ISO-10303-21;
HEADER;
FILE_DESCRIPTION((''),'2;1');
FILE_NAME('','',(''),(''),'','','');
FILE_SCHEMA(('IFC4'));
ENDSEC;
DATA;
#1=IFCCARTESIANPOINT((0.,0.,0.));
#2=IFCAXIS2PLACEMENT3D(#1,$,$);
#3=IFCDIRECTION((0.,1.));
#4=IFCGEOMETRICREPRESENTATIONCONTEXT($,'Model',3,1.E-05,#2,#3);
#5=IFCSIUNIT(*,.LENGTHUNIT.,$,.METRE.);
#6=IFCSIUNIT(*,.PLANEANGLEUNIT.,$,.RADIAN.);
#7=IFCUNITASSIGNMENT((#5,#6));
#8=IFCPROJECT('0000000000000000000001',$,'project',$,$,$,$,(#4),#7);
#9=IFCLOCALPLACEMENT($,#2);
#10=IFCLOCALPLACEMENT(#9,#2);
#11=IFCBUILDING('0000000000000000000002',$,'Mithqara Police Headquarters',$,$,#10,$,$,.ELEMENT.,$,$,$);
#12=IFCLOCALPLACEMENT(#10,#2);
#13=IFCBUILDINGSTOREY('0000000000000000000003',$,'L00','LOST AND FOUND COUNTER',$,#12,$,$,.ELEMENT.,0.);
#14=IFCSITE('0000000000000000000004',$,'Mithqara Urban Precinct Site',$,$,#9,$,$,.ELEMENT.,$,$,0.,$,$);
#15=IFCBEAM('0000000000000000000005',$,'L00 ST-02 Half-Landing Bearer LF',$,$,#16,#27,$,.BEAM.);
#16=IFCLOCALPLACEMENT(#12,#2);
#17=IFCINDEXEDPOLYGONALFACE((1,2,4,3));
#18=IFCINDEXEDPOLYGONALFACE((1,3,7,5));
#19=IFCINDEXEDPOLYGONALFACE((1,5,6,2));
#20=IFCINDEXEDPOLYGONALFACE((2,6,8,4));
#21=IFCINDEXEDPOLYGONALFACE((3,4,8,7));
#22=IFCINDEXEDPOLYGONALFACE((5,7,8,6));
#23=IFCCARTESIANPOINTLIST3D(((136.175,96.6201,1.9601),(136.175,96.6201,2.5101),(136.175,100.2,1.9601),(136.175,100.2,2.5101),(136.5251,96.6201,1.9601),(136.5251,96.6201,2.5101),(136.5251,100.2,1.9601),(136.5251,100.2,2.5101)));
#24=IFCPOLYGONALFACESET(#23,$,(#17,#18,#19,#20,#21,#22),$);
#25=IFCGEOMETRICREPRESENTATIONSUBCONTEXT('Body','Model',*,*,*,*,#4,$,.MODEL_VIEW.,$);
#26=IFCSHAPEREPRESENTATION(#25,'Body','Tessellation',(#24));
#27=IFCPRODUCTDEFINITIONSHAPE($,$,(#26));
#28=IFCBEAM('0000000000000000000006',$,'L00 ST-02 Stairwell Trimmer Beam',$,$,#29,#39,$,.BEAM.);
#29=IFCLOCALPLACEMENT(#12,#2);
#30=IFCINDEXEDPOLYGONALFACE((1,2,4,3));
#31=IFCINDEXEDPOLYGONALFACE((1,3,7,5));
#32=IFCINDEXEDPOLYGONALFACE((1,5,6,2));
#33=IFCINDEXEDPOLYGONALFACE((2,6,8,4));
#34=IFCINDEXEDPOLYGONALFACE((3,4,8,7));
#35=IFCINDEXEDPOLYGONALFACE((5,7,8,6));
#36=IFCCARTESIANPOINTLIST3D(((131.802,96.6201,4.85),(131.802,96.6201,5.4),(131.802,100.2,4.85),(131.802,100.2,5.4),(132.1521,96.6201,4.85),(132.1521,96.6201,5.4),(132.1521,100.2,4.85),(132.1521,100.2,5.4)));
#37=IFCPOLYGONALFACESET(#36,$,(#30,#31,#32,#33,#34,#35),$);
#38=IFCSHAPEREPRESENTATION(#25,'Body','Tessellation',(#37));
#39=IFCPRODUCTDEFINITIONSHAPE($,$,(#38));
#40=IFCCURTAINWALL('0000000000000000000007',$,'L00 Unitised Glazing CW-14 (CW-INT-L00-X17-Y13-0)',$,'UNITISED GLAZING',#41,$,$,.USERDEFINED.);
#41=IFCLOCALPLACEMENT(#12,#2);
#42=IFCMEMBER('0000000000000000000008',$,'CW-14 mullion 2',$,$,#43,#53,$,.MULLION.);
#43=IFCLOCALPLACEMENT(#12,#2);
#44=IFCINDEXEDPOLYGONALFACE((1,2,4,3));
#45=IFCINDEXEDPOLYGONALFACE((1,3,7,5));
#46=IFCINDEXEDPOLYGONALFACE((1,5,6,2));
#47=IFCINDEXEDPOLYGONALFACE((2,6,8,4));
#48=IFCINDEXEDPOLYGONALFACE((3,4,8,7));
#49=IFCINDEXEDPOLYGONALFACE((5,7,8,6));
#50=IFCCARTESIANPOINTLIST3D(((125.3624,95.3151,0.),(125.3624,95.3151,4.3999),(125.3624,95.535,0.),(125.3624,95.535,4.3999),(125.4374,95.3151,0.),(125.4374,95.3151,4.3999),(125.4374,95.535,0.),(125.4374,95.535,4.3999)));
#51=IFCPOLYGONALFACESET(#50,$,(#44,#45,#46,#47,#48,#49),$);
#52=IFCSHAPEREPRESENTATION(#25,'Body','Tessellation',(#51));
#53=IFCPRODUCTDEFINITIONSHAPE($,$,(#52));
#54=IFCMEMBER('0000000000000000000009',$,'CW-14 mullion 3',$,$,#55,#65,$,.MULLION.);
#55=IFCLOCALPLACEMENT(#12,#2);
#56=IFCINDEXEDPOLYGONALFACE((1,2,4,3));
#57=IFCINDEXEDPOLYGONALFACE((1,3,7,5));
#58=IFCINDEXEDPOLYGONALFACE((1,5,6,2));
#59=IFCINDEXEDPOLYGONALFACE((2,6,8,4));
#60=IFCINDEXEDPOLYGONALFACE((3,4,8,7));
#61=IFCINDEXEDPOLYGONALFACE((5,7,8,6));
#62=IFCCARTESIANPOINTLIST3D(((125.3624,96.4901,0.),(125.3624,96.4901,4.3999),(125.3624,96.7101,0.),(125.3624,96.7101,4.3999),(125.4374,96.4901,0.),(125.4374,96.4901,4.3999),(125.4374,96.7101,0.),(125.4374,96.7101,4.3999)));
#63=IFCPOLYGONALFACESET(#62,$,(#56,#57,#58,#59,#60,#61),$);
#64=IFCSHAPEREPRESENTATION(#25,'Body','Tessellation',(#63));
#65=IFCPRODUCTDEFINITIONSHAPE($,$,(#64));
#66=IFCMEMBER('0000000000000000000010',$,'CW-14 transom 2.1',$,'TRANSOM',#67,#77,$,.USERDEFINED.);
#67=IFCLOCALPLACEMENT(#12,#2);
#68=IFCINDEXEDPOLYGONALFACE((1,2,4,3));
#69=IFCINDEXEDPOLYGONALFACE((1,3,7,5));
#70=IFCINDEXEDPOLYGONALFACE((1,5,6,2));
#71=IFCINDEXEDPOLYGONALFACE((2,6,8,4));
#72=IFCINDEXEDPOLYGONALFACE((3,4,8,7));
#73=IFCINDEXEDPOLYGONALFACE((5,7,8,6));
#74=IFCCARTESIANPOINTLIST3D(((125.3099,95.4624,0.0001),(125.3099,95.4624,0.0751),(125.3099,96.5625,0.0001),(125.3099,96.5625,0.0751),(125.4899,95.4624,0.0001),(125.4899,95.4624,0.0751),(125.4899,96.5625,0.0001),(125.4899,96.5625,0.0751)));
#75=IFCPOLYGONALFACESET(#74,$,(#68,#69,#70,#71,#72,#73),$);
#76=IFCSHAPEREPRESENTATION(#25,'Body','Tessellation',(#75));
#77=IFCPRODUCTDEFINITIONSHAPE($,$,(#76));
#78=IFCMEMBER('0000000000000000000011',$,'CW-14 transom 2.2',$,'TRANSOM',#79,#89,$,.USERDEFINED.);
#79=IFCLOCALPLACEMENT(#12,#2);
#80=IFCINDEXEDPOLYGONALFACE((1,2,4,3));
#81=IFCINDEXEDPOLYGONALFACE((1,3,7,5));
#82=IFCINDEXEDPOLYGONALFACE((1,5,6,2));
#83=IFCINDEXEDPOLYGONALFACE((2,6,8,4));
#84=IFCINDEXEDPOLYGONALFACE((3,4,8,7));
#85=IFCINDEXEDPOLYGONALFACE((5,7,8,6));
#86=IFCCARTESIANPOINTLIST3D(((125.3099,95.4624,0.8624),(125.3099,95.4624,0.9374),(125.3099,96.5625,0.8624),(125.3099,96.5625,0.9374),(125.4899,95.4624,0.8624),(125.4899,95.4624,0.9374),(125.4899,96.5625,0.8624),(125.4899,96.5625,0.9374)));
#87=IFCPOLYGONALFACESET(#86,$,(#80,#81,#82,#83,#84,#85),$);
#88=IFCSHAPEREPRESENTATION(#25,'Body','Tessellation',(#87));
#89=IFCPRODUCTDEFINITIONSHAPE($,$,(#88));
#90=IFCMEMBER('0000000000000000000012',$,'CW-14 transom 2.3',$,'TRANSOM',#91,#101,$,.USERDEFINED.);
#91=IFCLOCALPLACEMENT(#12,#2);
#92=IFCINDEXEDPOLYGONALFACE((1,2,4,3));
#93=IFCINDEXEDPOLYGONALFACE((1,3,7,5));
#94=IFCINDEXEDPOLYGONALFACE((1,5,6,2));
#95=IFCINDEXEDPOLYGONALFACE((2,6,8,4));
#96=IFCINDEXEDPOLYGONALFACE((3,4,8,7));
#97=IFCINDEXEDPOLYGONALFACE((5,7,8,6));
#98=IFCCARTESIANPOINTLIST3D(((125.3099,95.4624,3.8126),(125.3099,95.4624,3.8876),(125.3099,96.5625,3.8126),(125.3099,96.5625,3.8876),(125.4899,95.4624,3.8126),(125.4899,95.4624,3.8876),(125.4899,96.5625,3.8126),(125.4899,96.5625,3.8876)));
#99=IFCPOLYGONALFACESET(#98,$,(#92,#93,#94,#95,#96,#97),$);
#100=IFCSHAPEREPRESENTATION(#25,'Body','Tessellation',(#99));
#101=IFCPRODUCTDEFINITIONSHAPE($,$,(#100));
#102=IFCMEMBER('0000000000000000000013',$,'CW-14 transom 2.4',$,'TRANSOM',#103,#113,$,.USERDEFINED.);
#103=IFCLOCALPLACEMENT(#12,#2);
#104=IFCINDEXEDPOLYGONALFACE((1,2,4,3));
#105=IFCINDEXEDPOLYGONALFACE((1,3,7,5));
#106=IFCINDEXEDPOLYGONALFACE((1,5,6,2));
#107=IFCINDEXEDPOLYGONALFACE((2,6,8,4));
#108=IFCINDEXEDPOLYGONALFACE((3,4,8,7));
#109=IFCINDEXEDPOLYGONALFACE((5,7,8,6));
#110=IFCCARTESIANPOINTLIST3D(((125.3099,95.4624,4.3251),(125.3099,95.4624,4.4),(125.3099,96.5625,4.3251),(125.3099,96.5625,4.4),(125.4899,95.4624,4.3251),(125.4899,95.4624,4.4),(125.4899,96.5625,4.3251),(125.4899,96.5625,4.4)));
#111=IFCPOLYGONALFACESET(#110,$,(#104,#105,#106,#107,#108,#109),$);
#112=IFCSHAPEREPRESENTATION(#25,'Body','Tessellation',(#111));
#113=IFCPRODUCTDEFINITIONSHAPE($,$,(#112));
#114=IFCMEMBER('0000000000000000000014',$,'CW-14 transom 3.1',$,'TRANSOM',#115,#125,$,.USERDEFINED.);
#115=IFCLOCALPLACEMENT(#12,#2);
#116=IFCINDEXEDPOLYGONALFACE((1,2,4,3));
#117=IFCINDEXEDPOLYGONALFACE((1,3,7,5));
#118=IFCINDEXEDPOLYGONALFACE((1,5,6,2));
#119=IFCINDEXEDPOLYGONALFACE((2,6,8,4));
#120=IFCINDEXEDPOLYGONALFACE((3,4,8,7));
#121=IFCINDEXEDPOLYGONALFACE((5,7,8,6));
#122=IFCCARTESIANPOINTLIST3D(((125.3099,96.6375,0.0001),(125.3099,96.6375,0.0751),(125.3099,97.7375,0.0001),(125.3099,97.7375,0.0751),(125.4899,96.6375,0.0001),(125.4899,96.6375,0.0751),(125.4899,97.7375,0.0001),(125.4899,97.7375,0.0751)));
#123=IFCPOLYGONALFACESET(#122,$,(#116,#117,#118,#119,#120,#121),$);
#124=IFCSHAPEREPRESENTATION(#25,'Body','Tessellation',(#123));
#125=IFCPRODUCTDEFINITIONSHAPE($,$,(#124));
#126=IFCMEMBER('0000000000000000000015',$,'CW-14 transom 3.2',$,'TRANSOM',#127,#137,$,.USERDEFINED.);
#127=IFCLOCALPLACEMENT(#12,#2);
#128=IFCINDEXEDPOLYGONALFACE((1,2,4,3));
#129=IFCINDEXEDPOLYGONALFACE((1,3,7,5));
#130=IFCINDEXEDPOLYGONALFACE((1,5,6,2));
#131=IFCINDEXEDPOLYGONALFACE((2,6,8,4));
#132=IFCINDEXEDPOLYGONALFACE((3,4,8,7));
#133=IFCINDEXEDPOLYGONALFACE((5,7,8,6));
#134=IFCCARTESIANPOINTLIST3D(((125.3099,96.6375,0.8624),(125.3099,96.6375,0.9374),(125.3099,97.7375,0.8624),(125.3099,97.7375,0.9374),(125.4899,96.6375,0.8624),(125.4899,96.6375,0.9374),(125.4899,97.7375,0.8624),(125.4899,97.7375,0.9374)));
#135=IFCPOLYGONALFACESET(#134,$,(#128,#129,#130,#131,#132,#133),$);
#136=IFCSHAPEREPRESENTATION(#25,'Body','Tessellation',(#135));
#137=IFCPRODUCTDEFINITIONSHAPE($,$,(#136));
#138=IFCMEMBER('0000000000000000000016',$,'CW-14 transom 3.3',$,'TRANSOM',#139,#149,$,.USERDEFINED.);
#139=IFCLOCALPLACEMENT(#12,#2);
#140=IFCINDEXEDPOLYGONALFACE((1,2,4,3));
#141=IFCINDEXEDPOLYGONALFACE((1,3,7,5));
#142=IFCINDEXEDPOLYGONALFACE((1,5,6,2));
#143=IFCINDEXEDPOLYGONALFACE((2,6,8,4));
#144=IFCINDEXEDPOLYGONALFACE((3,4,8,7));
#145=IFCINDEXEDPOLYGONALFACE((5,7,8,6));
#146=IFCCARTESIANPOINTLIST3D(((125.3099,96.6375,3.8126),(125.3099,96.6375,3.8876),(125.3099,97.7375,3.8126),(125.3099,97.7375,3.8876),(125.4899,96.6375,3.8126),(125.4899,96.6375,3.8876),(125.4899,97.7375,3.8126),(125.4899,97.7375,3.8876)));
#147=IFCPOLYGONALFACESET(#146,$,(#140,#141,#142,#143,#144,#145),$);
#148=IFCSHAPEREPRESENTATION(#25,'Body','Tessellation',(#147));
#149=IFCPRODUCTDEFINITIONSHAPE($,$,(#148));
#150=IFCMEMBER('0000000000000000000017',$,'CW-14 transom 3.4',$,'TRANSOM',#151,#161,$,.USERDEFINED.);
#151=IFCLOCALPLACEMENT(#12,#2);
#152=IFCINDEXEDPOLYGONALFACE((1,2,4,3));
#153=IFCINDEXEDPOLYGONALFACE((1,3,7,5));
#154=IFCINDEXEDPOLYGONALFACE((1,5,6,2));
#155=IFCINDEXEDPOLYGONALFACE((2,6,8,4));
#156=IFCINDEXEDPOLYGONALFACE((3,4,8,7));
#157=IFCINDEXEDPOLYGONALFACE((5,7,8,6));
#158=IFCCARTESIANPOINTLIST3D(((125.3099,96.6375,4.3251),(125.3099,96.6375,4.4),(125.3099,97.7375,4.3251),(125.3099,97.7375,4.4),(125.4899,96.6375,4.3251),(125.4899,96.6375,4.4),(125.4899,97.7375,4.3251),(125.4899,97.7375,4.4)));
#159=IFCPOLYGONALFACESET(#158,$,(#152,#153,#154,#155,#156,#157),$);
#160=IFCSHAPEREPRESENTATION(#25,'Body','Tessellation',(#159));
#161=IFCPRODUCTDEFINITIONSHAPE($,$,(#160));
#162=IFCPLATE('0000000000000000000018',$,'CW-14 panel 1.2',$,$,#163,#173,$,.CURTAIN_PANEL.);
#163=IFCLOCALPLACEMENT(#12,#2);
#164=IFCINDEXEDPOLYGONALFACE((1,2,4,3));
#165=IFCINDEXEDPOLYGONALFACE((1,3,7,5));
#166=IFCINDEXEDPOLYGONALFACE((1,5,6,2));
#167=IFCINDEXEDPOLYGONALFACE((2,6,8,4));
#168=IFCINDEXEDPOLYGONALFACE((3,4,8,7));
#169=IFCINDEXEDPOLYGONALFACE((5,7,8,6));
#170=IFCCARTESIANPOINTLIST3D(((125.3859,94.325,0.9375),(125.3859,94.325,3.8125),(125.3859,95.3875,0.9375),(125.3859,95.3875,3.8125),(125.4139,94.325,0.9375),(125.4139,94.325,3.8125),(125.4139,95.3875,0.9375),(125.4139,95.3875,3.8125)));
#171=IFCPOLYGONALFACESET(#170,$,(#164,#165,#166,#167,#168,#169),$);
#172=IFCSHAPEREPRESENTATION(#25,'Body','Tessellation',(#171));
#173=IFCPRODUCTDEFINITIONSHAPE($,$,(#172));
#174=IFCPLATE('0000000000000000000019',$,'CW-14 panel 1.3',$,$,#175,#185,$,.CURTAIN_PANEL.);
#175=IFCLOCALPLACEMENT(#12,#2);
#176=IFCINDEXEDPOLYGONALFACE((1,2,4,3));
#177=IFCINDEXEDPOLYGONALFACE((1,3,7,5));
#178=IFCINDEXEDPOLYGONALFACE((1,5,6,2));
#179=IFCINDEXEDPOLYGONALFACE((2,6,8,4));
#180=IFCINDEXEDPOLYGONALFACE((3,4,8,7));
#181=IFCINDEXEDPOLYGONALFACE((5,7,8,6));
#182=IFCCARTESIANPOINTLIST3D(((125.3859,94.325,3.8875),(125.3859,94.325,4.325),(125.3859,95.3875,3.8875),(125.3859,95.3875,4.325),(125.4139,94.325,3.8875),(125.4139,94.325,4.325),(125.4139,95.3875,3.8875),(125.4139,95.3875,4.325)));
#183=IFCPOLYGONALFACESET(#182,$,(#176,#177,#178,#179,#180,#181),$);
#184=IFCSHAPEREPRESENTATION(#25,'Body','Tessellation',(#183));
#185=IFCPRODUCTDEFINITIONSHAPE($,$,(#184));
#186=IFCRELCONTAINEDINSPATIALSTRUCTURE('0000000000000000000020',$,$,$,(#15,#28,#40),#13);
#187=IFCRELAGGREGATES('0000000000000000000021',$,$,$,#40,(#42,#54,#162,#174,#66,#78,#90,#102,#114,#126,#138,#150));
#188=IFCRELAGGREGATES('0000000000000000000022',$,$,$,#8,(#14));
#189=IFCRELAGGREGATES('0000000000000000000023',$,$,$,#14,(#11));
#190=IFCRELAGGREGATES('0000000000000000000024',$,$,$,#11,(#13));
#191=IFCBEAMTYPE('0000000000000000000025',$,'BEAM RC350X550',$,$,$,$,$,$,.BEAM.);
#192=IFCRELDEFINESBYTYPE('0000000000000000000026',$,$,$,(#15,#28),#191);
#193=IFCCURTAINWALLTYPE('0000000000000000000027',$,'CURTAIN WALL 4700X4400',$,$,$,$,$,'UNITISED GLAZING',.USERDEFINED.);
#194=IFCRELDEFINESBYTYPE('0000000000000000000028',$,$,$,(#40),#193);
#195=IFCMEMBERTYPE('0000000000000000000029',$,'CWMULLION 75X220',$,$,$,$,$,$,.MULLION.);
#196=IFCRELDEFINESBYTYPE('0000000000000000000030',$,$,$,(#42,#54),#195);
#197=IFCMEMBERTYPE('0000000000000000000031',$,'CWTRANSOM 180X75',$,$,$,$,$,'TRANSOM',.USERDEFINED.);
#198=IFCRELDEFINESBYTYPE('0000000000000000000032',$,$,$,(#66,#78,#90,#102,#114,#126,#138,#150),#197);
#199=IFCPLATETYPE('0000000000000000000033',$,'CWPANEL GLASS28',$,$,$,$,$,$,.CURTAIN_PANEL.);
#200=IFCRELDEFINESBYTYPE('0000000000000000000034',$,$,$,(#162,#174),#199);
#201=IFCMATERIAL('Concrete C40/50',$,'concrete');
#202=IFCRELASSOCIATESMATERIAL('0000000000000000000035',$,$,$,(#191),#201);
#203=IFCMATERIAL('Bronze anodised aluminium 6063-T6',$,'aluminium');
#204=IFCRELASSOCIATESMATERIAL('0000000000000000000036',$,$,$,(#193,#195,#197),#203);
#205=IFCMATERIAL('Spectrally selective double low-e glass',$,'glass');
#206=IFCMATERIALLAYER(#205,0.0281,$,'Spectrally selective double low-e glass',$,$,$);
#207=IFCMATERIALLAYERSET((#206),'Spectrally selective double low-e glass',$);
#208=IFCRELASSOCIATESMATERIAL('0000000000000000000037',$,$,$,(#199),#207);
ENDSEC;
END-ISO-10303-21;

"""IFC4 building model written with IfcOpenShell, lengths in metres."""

from ifc_helpers import new_model, si_unit, direction, frame, origin, origin_2d, place, context, subcontext, project, spatial, rectangle, extrude, material, layer, layer_set, material_profile, profile_set, type_object, element, aggregate, save


model = new_model("IFC4")

# Units and contexts
model_context = context("Model", 3, precision=1e-05, world=origin(), true_north=direction((0.0, 1.0)))
body_context = subcontext(model_context, "Body", "Model", "MODEL_VIEW")
ifc_project = project(units=[si_unit("LENGTHUNIT", "METRE"), si_unit("PLANEANGLEUNIT", "RADIAN")], contexts=[model_context])

# Site, building, storey
site_placement = place(None, origin())
site = spatial("IfcSite", under=ifc_project, at=site_placement, Name="Mithqara Urban Precinct Site", CompositionType="ELEMENT", RefElevation=0.0)
building_placement = place(site_placement, origin())
building = spatial("IfcBuilding", under=site, at=building_placement, Name="Mithqara Police Headquarters", CompositionType="ELEMENT")
storey_placement = place(building_placement, origin())
storey = spatial("IfcBuildingStorey", under=building, at=storey_placement, Name="L00", Description="LOST AND FOUND COUNTER", CompositionType="ELEMENT", Elevation=0.0)

# Beams
ifc_material_1 = material(Name="Concrete C40/50", Category="concrete")
ifc_material_profile_1 = material_profile(ifc_material_1, rectangle(XDim=0.3501, YDim=0.55, at=origin_2d()), Name="RC 350x550")
ifc_profile_set_1 = profile_set([ifc_material_profile_1], Name="Concrete C40/50")
beam_type = type_object("IfcBeamType", Name="BEAM RC350X550", PredefinedType="BEAM", material=ifc_profile_set_1)
for number, where, z_axis, x_axis, name in (
    (1, (136.3501, 96.6201, 2.2351), (0.0, 1.0, 0.0), (-1.0, 0.0, 0.0), "L00 ST-02 Half-Landing Bearer LF"),
    (2, (131.9771, 96.6201, 5.125), (0.0, 1.0, 0.0), (-1.0, 0.0, 0.0), "L00 ST-02 Stairwell Trimmer Beam"),
):
    element("IfcBeam", number, at=place(storey_placement, frame(where, z_axis=z_axis, x_axis=x_axis)), inside=storey, type_object=beam_type, Name=name, PredefinedType="BEAM", context=body_context, shape_type="SweptSolid", body=[
        extrude(rectangle(XDim=0.3501, YDim=0.55, at=origin_2d()), origin(), (0.0, 0.0, 1.0), 3.5798),
    ])

# Curtain wall, members, plates
ifc_material_2 = material(Name="Bronze anodised aluminium 6063-T6", Category="aluminium")
curtain_wall_type = type_object("IfcCurtainWallType", Name="CURTAIN WALL 4700X4400", ElementType="UNITISED GLAZING", PredefinedType="USERDEFINED", material=ifc_material_2)
curtain_wall_placement = place(storey_placement, origin())
curtain_wall = element("IfcCurtainWall", 3, at=curtain_wall_placement, inside=storey, type_object=curtain_wall_type, Name="L00 Unitised Glazing CW-14 (CW-INT-L00-X17-Y13-0)", ObjectType="UNITISED GLAZING", PredefinedType="USERDEFINED")
ifc_material_profile_2 = material_profile(ifc_material_2, rectangle(XDim=0.075, YDim=0.22, at=origin_2d()), Name="CWM 75x220")
ifc_profile_set_2 = profile_set([ifc_material_profile_2], Name="Bronze anodised aluminium 6063-T6")
member_type_1 = type_object("IfcMemberType", Name="CWMULLION 75X220", PredefinedType="MULLION", material=ifc_profile_set_2)
member_1_placement = place(storey_placement, frame((125.3999, 95.425, 0.0), z_axis=(0.0, 0.0, 1.0), x_axis=(-1.0, 0.0, 0.0)))
member_1 = element("IfcMember", 4, at=member_1_placement, type_object=member_type_1, Name="CW-14 mullion 2", PredefinedType="MULLION", context=body_context, shape_type="SweptSolid", body=[
    extrude(rectangle(XDim=0.075, YDim=0.22, at=origin_2d()), origin(), (0.0, 0.0, 1.0), 4.3999),
])
member_2_placement = place(storey_placement, frame((125.3999, 96.6001, 0.0), z_axis=(0.0, 0.0, 1.0), x_axis=(-1.0, 0.0, 0.0)))
member_2 = element("IfcMember", 5, at=member_2_placement, type_object=member_type_1, Name="CW-14 mullion 3", PredefinedType="MULLION", context=body_context, shape_type="SweptSolid", body=[
    extrude(rectangle(XDim=0.075, YDim=0.22, at=origin_2d()), origin(), (0.0, 0.0, 1.0), 4.3999),
])
ifc_material_profile_3 = material_profile(ifc_material_2, rectangle(XDim=0.1799, YDim=0.075, at=origin_2d()), Name="CWT 180x75")
ifc_profile_set_3 = profile_set([ifc_material_profile_3], Name="Bronze anodised aluminium 6063-T6")
member_type_2 = type_object("IfcMemberType", Name="CWTRANSOM 180X75", ElementType="TRANSOM", PredefinedType="USERDEFINED", material=ifc_profile_set_3)
member_3_placement = place(storey_placement, frame((125.3999, 95.4624, 0.0376), z_axis=(0.0, 1.0, 0.0), x_axis=(-1.0, 0.0, 0.0)))
member_3 = element("IfcMember", 6, at=member_3_placement, type_object=member_type_2, Name="CW-14 transom 2.1", ObjectType="TRANSOM", PredefinedType="USERDEFINED", context=body_context, shape_type="SweptSolid", body=[
    extrude(rectangle(XDim=0.1799, YDim=0.075, at=origin_2d()), origin(), (0.0, 0.0, 1.0), 1.1001),
])
member_4_placement = place(storey_placement, frame((125.3999, 95.4624, 0.8999), z_axis=(0.0, 1.0, 0.0), x_axis=(-1.0, 0.0, 0.0)))
member_4 = element("IfcMember", 7, at=member_4_placement, type_object=member_type_2, Name="CW-14 transom 2.2", ObjectType="TRANSOM", PredefinedType="USERDEFINED", context=body_context, shape_type="SweptSolid", body=[
    extrude(rectangle(XDim=0.1799, YDim=0.075, at=origin_2d()), origin(), (0.0, 0.0, 1.0), 1.1001),
])
member_5_placement = place(storey_placement, frame((125.3999, 95.4624, 3.8501), z_axis=(0.0, 1.0, 0.0), x_axis=(-1.0, 0.0, 0.0)))
member_5 = element("IfcMember", 8, at=member_5_placement, type_object=member_type_2, Name="CW-14 transom 2.3", ObjectType="TRANSOM", PredefinedType="USERDEFINED", context=body_context, shape_type="SweptSolid", body=[
    extrude(rectangle(XDim=0.1799, YDim=0.075, at=origin_2d()), origin(), (0.0, 0.0, 1.0), 1.1001),
])
member_6_placement = place(storey_placement, frame((125.3999, 95.4624, 4.3625), z_axis=(0.0, 1.0, 0.0), x_axis=(-1.0, 0.0, 0.0)))
member_6 = element("IfcMember", 9, at=member_6_placement, type_object=member_type_2, Name="CW-14 transom 2.4", ObjectType="TRANSOM", PredefinedType="USERDEFINED", context=body_context, shape_type="SweptSolid", body=[
    extrude(rectangle(XDim=0.1799, YDim=0.075, at=origin_2d()), origin(), (0.0, 0.0, 1.0), 1.1001),
])
member_7_placement = place(storey_placement, frame((125.3999, 96.6375, 0.0376), z_axis=(0.0, 1.0, 0.0), x_axis=(-1.0, 0.0, 0.0)))
member_7 = element("IfcMember", 10, at=member_7_placement, type_object=member_type_2, Name="CW-14 transom 3.1", ObjectType="TRANSOM", PredefinedType="USERDEFINED", context=body_context, shape_type="SweptSolid", body=[
    extrude(rectangle(XDim=0.1799, YDim=0.075, at=origin_2d()), origin(), (0.0, 0.0, 1.0), 1.1001),
])
member_8_placement = place(storey_placement, frame((125.3999, 96.6375, 0.8999), z_axis=(0.0, 1.0, 0.0), x_axis=(-1.0, 0.0, 0.0)))
member_8 = element("IfcMember", 11, at=member_8_placement, type_object=member_type_2, Name="CW-14 transom 3.2", ObjectType="TRANSOM", PredefinedType="USERDEFINED", context=body_context, shape_type="SweptSolid", body=[
    extrude(rectangle(XDim=0.1799, YDim=0.075, at=origin_2d()), origin(), (0.0, 0.0, 1.0), 1.1001),
])
member_9_placement = place(storey_placement, frame((125.3999, 96.6375, 3.8501), z_axis=(0.0, 1.0, 0.0), x_axis=(-1.0, 0.0, 0.0)))
member_9 = element("IfcMember", 12, at=member_9_placement, type_object=member_type_2, Name="CW-14 transom 3.3", ObjectType="TRANSOM", PredefinedType="USERDEFINED", context=body_context, shape_type="SweptSolid", body=[
    extrude(rectangle(XDim=0.1799, YDim=0.075, at=origin_2d()), origin(), (0.0, 0.0, 1.0), 1.1001),
])
member_10_placement = place(storey_placement, frame((125.3999, 96.6375, 4.3625), z_axis=(0.0, 1.0, 0.0), x_axis=(-1.0, 0.0, 0.0)))
member_10 = element("IfcMember", 13, at=member_10_placement, type_object=member_type_2, Name="CW-14 transom 3.4", ObjectType="TRANSOM", PredefinedType="USERDEFINED", context=body_context, shape_type="SweptSolid", body=[
    extrude(rectangle(XDim=0.1799, YDim=0.075, at=origin_2d()), origin(), (0.0, 0.0, 1.0), 1.1001),
])
ifc_material_3 = material(Name="Spectrally selective double low-e glass", Category="glass")
ifc_layer_1 = layer(ifc_material_3, 0.0281, Name="Spectrally selective double low-e glass")
ifc_layer_set_1 = layer_set([ifc_layer_1], Name="Spectrally selective double low-e glass")
plate_type = type_object("IfcPlateType", Name="CWPANEL GLASS28", PredefinedType="CURTAIN_PANEL", material=ifc_layer_set_1)
plate_1_placement = place(storey_placement, frame((125.3999, 94.8562, 0.9375), z_axis=(0.0, 0.0, 1.0), x_axis=(0.0, 1.0, 0.0)))
plate_1 = element("IfcPlate", 14, at=plate_1_placement, type_object=plate_type, Name="CW-14 panel 1.2", PredefinedType="CURTAIN_PANEL", context=body_context, shape_type="SweptSolid", body=[
    extrude(rectangle(XDim=1.0625, YDim=0.0281, at=origin_2d()), origin(), (0.0, 0.0, 1.0), 2.875),
])
plate_2_placement = place(storey_placement, frame((125.3999, 94.8562, 3.8875), z_axis=(0.0, 0.0, 1.0), x_axis=(0.0, 1.0, 0.0)))
plate_2 = element("IfcPlate", 15, at=plate_2_placement, type_object=plate_type, Name="CW-14 panel 1.3", PredefinedType="CURTAIN_PANEL", context=body_context, shape_type="SweptSolid", body=[
    extrude(rectangle(XDim=1.0625, YDim=0.0281, at=origin_2d()), origin(), (0.0, 0.0, 1.0), 0.4375),
])
aggregate(curtain_wall, [member_1, member_2, plate_1, plate_2, member_3, member_4, member_5, member_6, member_7, member_8, member_9, member_10])

save(model, "model.ifc")
